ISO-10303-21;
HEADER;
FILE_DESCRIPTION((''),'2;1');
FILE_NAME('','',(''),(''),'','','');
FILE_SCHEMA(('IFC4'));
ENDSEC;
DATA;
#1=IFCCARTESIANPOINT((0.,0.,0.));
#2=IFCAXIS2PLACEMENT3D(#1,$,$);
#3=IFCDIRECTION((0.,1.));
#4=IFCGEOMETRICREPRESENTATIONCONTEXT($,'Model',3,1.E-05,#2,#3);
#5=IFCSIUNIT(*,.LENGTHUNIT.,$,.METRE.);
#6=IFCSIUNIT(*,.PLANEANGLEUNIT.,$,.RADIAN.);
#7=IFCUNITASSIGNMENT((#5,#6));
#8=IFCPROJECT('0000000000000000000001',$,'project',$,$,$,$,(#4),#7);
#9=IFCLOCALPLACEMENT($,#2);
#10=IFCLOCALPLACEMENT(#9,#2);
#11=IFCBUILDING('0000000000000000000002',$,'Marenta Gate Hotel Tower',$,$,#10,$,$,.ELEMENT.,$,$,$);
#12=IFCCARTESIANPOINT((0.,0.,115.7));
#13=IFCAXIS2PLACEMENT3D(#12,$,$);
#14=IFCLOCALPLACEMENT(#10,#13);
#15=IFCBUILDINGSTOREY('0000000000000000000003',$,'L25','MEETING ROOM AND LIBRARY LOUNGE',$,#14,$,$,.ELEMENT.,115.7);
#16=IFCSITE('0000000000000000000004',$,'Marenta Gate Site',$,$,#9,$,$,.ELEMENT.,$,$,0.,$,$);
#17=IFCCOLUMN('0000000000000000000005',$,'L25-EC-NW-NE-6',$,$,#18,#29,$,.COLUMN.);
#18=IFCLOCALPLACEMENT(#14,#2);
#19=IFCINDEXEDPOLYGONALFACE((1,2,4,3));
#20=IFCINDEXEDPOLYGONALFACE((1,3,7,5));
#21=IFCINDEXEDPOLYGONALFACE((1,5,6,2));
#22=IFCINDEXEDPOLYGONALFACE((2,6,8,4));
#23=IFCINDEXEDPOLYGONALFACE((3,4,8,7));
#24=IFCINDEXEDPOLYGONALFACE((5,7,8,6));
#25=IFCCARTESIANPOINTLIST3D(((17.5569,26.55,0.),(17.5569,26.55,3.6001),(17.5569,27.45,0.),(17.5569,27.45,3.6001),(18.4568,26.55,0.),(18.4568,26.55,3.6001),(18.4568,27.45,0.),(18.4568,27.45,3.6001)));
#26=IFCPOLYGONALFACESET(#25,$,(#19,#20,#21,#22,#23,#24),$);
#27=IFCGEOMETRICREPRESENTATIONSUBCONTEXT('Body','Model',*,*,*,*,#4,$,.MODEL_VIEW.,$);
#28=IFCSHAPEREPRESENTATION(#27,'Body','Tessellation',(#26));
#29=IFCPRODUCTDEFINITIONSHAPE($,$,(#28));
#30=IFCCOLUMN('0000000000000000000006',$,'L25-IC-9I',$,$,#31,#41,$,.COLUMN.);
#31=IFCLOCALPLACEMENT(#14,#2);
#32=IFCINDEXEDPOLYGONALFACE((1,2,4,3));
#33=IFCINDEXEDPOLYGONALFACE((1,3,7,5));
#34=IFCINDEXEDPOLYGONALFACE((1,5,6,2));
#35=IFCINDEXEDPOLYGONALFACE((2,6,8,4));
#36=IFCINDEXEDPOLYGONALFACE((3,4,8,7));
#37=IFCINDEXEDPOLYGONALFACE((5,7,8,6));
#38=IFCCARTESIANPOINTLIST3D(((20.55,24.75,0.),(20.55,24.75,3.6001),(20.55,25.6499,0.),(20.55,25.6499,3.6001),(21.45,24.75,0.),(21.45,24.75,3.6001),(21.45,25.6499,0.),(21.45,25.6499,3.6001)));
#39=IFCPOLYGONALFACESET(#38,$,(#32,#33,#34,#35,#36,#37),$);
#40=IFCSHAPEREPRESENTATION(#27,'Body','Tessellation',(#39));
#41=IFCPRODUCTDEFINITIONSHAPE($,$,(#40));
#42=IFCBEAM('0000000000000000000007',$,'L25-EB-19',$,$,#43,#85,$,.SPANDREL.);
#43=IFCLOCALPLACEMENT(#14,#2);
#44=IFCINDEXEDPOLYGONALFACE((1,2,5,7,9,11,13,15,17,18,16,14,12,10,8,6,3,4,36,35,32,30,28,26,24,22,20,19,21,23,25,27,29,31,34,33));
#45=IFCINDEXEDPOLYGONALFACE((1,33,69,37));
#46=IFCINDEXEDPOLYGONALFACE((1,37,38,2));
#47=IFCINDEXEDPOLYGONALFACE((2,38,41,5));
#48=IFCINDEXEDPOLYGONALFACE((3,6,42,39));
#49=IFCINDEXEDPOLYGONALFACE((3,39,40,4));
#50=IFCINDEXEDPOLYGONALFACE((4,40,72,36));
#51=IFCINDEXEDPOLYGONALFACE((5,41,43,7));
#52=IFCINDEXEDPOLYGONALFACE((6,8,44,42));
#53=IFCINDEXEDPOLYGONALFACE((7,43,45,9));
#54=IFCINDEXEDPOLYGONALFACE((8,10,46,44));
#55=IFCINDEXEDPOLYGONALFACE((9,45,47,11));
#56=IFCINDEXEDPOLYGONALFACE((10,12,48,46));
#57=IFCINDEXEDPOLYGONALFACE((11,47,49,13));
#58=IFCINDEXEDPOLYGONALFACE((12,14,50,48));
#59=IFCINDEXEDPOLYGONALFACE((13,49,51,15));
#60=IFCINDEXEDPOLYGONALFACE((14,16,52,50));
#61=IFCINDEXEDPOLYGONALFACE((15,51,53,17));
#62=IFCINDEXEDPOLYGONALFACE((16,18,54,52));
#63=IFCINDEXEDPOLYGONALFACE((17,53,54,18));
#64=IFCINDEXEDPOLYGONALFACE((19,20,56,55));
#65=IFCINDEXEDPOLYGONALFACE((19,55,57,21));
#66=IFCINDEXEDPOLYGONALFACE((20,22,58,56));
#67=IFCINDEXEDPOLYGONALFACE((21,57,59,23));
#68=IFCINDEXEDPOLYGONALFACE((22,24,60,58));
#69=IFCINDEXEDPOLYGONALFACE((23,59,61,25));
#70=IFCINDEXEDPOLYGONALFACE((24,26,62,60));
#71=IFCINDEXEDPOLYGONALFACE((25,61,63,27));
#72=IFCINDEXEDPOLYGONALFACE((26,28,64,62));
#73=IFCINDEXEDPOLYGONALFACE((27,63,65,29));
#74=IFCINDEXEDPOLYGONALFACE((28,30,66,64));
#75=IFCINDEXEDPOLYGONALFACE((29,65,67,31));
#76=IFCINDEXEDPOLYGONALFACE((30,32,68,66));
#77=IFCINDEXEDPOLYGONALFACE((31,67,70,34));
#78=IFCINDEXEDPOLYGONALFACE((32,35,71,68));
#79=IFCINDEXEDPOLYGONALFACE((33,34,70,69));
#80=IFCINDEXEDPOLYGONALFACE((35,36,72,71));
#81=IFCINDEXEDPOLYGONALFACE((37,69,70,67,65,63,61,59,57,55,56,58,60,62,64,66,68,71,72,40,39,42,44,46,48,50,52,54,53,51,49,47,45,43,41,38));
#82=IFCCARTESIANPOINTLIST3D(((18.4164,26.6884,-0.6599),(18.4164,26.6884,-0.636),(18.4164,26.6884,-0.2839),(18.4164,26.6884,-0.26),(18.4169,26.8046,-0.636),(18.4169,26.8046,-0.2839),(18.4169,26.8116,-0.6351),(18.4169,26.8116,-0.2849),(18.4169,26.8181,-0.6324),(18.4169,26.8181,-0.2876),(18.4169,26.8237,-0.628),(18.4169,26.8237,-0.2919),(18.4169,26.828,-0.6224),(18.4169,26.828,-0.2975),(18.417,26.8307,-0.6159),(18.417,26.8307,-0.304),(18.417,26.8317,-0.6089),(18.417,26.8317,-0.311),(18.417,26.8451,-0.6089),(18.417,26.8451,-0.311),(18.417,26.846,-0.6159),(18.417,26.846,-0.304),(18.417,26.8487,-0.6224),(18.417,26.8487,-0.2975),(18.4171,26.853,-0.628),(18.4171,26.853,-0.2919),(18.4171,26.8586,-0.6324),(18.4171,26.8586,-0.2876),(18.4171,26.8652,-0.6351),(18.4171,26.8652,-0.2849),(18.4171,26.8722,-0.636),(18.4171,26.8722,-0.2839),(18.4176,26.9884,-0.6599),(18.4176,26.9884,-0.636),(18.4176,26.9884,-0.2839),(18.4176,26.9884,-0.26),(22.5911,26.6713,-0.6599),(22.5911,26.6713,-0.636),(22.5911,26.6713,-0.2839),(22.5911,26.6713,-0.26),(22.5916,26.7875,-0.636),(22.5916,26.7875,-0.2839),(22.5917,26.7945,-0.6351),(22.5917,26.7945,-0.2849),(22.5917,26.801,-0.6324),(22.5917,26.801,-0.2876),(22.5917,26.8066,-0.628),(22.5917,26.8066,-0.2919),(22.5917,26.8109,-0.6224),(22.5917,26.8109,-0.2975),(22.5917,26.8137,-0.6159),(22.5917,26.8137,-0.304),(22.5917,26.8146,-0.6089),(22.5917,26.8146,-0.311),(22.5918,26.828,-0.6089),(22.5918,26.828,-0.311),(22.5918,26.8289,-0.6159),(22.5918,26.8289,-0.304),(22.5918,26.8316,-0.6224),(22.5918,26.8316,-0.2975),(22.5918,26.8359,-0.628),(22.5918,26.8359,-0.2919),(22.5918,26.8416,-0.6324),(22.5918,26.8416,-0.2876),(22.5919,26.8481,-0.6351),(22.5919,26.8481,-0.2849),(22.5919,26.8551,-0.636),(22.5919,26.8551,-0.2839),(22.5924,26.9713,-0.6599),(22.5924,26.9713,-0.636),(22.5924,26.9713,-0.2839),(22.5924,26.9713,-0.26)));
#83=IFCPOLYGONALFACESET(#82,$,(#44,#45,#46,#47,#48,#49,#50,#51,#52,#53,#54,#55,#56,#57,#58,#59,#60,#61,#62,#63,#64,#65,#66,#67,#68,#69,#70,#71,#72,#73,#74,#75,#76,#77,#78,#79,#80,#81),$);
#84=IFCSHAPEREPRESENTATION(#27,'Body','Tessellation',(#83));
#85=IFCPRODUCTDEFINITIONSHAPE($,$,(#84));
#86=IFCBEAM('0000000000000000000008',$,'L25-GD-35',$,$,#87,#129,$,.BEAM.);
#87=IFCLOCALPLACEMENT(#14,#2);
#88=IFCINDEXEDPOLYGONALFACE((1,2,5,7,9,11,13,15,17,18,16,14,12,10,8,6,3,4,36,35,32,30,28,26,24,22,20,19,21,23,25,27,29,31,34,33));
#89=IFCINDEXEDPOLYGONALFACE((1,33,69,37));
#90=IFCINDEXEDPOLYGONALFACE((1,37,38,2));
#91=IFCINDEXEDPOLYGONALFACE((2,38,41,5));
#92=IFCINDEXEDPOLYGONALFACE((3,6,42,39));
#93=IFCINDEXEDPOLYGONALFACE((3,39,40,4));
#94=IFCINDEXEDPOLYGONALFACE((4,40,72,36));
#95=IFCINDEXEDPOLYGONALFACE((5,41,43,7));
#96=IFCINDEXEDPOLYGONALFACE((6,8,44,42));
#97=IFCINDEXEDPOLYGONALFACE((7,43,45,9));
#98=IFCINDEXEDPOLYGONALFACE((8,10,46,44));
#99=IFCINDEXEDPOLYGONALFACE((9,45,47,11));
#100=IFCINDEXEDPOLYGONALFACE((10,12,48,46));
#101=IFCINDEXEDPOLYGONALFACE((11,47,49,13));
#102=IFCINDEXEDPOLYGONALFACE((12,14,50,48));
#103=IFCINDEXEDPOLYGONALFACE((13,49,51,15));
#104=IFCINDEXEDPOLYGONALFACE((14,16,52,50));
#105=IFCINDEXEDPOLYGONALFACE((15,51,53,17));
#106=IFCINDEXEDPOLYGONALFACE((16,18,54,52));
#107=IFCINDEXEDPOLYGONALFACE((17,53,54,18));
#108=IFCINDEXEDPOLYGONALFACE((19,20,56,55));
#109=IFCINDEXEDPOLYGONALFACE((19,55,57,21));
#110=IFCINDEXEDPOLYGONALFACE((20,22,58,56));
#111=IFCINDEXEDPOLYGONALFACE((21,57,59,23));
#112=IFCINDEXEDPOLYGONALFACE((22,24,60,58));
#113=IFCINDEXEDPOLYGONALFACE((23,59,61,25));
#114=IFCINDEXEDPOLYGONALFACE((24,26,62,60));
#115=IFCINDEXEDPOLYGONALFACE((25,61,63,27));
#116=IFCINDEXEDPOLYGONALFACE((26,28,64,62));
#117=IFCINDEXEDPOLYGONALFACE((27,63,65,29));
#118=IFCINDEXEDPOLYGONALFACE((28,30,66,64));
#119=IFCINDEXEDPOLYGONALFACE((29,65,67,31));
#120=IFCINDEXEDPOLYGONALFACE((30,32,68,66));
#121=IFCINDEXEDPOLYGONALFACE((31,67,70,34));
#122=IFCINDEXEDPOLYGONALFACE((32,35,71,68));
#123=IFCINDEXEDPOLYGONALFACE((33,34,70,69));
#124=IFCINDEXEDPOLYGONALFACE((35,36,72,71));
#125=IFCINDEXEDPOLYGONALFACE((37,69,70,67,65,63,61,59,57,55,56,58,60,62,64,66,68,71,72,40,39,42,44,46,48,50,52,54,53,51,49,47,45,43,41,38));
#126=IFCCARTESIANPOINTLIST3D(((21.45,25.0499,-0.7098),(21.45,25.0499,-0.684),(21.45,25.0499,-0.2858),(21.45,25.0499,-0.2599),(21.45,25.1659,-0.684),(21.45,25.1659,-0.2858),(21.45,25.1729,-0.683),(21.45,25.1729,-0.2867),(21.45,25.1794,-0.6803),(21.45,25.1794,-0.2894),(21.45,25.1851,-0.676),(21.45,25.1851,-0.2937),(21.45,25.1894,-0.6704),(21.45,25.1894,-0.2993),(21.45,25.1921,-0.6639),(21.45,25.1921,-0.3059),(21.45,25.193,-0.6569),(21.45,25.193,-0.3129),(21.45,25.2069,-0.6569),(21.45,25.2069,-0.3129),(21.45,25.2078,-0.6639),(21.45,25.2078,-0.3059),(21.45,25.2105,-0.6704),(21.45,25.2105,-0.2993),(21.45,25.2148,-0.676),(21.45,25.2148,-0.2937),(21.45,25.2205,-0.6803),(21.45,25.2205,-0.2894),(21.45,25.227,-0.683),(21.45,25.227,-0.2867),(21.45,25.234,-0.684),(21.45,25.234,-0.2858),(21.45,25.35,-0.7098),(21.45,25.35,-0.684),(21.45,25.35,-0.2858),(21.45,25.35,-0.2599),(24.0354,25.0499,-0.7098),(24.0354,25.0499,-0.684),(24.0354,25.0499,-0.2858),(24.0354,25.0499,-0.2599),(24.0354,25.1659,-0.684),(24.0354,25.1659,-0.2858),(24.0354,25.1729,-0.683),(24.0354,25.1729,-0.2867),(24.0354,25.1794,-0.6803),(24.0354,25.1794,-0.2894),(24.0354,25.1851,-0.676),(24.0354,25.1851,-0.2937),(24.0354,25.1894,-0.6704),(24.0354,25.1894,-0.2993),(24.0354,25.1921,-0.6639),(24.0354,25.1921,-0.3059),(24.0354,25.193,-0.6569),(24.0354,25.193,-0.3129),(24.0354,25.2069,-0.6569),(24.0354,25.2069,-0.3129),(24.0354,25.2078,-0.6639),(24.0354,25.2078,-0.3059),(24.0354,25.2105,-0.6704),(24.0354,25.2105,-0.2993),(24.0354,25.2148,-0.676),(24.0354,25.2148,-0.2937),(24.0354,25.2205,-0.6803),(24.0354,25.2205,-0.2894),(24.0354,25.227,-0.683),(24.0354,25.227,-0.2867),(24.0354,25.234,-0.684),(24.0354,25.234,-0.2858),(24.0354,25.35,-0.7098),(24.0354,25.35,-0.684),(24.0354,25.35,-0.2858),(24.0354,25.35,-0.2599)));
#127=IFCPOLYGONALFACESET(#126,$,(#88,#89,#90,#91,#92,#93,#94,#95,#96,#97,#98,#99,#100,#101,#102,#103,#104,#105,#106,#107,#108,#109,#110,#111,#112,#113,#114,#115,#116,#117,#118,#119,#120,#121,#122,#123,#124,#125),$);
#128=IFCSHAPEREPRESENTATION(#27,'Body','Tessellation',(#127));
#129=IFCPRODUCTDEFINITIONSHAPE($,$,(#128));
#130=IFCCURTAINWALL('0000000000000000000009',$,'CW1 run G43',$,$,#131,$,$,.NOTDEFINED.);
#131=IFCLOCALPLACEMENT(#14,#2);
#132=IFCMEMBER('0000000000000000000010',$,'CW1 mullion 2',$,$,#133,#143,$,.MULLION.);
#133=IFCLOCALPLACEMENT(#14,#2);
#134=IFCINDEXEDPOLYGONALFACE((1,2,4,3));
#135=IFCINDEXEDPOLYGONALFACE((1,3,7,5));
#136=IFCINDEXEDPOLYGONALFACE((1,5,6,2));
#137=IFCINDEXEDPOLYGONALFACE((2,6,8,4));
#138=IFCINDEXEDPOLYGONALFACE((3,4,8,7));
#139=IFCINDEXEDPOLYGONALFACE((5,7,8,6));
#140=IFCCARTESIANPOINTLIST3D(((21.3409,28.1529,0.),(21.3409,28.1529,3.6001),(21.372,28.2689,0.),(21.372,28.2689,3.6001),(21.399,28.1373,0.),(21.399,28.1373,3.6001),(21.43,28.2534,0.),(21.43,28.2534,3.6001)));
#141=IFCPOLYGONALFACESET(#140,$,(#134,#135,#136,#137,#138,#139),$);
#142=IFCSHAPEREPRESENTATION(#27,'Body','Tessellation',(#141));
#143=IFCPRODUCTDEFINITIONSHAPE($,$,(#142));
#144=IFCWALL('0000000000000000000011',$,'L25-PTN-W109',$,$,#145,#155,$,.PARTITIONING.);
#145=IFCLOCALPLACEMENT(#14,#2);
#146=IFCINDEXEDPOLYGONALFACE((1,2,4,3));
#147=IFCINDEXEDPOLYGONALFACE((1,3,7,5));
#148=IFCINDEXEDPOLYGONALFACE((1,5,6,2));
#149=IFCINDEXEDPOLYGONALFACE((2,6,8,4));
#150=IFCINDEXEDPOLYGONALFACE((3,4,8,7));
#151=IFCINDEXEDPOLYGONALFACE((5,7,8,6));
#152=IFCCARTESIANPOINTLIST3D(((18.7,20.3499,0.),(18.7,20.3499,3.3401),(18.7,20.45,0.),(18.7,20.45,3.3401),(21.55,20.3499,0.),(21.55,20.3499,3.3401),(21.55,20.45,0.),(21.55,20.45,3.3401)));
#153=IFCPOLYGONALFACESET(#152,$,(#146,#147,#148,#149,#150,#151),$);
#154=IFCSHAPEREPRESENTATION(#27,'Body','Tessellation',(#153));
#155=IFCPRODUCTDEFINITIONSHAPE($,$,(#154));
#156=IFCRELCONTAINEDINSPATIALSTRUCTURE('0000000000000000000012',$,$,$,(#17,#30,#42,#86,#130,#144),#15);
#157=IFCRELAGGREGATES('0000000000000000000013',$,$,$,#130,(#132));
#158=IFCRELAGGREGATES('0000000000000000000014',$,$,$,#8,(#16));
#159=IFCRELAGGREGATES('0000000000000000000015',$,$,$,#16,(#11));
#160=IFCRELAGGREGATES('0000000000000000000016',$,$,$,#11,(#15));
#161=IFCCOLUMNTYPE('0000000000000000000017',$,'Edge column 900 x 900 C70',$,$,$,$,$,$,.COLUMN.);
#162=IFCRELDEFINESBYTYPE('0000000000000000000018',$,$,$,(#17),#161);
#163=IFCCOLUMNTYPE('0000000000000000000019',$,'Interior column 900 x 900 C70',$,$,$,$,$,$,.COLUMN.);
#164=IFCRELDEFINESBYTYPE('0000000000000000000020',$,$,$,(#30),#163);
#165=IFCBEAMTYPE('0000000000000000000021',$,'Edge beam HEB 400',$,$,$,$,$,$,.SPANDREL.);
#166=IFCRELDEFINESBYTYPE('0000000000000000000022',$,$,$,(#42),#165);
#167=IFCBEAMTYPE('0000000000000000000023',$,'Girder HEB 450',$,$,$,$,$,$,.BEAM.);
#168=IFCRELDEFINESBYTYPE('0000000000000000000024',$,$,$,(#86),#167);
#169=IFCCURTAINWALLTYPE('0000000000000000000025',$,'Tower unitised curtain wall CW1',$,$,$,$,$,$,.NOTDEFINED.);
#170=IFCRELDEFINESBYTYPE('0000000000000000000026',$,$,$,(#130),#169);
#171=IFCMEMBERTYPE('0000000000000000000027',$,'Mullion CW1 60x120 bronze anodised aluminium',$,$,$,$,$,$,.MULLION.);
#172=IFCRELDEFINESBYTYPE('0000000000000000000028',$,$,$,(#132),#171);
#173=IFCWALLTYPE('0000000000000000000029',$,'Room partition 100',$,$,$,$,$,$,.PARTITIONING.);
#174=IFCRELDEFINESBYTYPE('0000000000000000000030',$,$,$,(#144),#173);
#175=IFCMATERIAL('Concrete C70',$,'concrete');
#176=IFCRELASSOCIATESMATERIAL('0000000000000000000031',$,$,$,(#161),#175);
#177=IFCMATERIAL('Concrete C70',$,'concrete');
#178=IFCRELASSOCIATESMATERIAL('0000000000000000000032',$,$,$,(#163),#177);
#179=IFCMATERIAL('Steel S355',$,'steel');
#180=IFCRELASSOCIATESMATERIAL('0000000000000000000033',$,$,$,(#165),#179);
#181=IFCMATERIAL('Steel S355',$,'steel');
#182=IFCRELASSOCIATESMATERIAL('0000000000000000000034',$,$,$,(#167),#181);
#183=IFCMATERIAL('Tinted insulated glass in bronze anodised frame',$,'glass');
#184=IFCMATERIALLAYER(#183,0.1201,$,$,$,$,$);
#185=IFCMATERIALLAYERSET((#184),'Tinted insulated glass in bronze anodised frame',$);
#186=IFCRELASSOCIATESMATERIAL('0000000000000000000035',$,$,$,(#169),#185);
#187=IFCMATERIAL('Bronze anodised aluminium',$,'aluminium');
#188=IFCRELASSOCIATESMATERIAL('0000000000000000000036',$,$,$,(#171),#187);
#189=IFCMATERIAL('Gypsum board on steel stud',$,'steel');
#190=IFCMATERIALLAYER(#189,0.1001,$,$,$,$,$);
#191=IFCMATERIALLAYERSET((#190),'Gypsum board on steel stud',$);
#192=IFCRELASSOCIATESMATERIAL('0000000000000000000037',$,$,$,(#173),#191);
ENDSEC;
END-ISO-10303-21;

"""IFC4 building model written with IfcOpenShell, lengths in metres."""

from ifc_helpers import new_model, si_unit, direction, frame, frame_2d, origin, origin_2d, place, context, subcontext, project, spatial, rectangle, i_section, extrude, material, layer, layer_set, material_profile, profile_set, type_object, element, aggregate, save


model = new_model("IFC4")

# Units and contexts
model_context = context("Model", 3, precision=1e-05, world=origin(), true_north=direction((0.0, 1.0)))
body_context = subcontext(model_context, "Body", "Model", "MODEL_VIEW")
ifc_project = project(units=[si_unit("LENGTHUNIT", "METRE"), si_unit("PLANEANGLEUNIT", "RADIAN")], contexts=[model_context])

# Site, building, storey
site_placement = place(None, origin())
site = spatial("IfcSite", under=ifc_project, at=site_placement, Name="Marenta Gate Site", CompositionType="ELEMENT", RefElevation=0.0)
building_placement = place(site_placement, origin())
building = spatial("IfcBuilding", under=site, at=building_placement, Name="Marenta Gate Hotel Tower", CompositionType="ELEMENT")
storey_placement = place(building_placement, frame((0.0, 0.0, 115.7)))
storey = spatial("IfcBuildingStorey", under=building, at=storey_placement, Name="L25", Description="MEETING ROOM AND LIBRARY LOUNGE", CompositionType="ELEMENT", Elevation=115.7)

# Columns
ifc_material_1 = material(Name="Concrete C70", Category="concrete")
ifc_material_profile_1 = material_profile(ifc_material_1, rectangle(XDim=0.8999, YDim=0.8999, at=origin_2d()), Name="900 x 900")
ifc_profile_set_1 = profile_set([ifc_material_profile_1], Name="Concrete C70")
column_type_1 = type_object("IfcColumnType", Name="Edge column 900 x 900 C70", PredefinedType="COLUMN", material=ifc_profile_set_1)
column_1_placement = place(storey_placement, frame((18.0068, 27.0, 0.0), z_axis=(0.0, 0.0, 1.0), x_axis=(1.0, 0.0, 0.0)))
element("IfcColumn", 1, at=column_1_placement, inside=storey, type_object=column_type_1, Name="L25-EC-NW-NE-6", PredefinedType="COLUMN", context=body_context, shape_type="SweptSolid", body=[
    extrude(rectangle(XDim=0.8999, YDim=0.8999, at=origin_2d()), origin(), (0.0, 0.0, 1.0), 3.6001),
])
ifc_material_2 = material(Name="Concrete C70", Category="concrete")
ifc_material_profile_2 = material_profile(ifc_material_2, rectangle(XDim=0.8999, YDim=0.8999, at=origin_2d()), Name="900 x 900")
ifc_profile_set_2 = profile_set([ifc_material_profile_2], Name="Concrete C70")
column_type_2 = type_object("IfcColumnType", Name="Interior column 900 x 900 C70", PredefinedType="COLUMN", material=ifc_profile_set_2)
column_2_placement = place(storey_placement, frame((21.0, 25.2, 0.0), z_axis=(0.0, 0.0, 1.0), x_axis=(1.0, 0.0, 0.0)))
element("IfcColumn", 2, at=column_2_placement, inside=storey, type_object=column_type_2, Name="L25-IC-9I", PredefinedType="COLUMN", context=body_context, shape_type="SweptSolid", body=[
    extrude(rectangle(XDim=0.8999, YDim=0.8999, at=origin_2d()), origin(), (0.0, 0.0, 1.0), 3.6001),
])

# Beams
ifc_material_3 = material(Name="Steel S355", Category="steel")
ifc_material_profile_3 = material_profile(ifc_material_3, i_section(OverallWidth=0.3, OverallDepth=0.3999, WebThickness=0.0134, FlangeThickness=0.0239, FilletRadius=0.0271, at=origin_2d()), Name="HEB 400")
ifc_profile_set_3 = profile_set([ifc_material_profile_3], Name="Steel S355")
beam_type_1 = type_object("IfcBeamType", Name="Edge beam HEB 400", PredefinedType="SPANDREL", material=ifc_profile_set_3)
beam_1_placement = place(storey_placement, frame((18.417, 26.8384, -0.46), z_axis=(0.999992, -0.004094, 0.0), x_axis=(0.004094, 0.999992, 0.0)))
element("IfcBeam", 3, at=beam_1_placement, inside=storey, type_object=beam_type_1, Name="L25-EB-19", PredefinedType="SPANDREL", context=body_context, shape_type="SweptSolid", body=[
    extrude(i_section(OverallWidth=0.3, OverallDepth=0.3999, WebThickness=0.0134, FlangeThickness=0.0239, FilletRadius=0.0271, at=origin_2d()), origin(), (0.0, 0.0, 1.0), 4.1748),
])
ifc_material_4 = material(Name="Steel S355", Category="steel")
ifc_material_profile_4 = material_profile(ifc_material_4, i_section(OverallWidth=0.3, OverallDepth=0.45, WebThickness=0.0139, FlangeThickness=0.0259, FilletRadius=0.0271, at=origin_2d()), Name="HEB 450")
ifc_profile_set_4 = profile_set([ifc_material_profile_4], Name="Steel S355")
beam_type_2 = type_object("IfcBeamType", Name="Girder HEB 450", PredefinedType="BEAM", material=ifc_profile_set_4)
beam_2_placement = place(storey_placement, frame((21.45, 25.2, -0.4849), z_axis=(1.0, 0.0, 0.0), x_axis=(0.0, 1.0, 0.0)))
element("IfcBeam", 4, at=beam_2_placement, inside=storey, type_object=beam_type_2, Name="L25-GD-35", PredefinedType="BEAM", context=body_context, shape_type="SweptSolid", body=[
    extrude(i_section(OverallWidth=0.3, OverallDepth=0.45, WebThickness=0.0139, FlangeThickness=0.0259, FilletRadius=0.0271, at=origin_2d()), origin(), (0.0, 0.0, 1.0), 2.5854),
])

# Curtain wall, member
ifc_material_5 = material(Name="Tinted insulated glass in bronze anodised frame", Category="glass")
ifc_layer_1 = layer(ifc_material_5, 0.1201)
ifc_layer_set_1 = layer_set([ifc_layer_1], Name="Tinted insulated glass in bronze anodised frame")
curtain_wall_type = type_object("IfcCurtainWallType", Name="Tower unitised curtain wall CW1", PredefinedType="NOTDEFINED", material=ifc_layer_set_1)
curtain_wall_placement = place(storey_placement, origin())
curtain_wall = element("IfcCurtainWall", 5, at=curtain_wall_placement, inside=storey, type_object=curtain_wall_type, Name="CW1 run G43", PredefinedType="NOTDEFINED")
ifc_material_6 = material(Name="Bronze anodised aluminium", Category="aluminium")
ifc_material_profile_5 = material_profile(ifc_material_6, rectangle(XDim=0.1201, YDim=0.0601, at=origin_2d()), Name="Mullion CW1 60x120 bronze anodised aluminium")
ifc_profile_set_5 = profile_set([ifc_material_profile_5], Name="Bronze anodised aluminium")
member_type = type_object("IfcMemberType", Name="Mullion CW1 60x120 bronze anodised aluminium", PredefinedType="MULLION", material=ifc_profile_set_5)
member_placement = place(storey_placement, frame((21.3855, 28.2031, 0.0), z_axis=(0.0, 0.0, 1.0), x_axis=(-0.258806, -0.965929, 0.0)))
member = element("IfcMember", 6, at=member_placement, type_object=member_type, Name="CW1 mullion 2", PredefinedType="MULLION", context=body_context, shape_type="SweptSolid", body=[
    extrude(rectangle(XDim=0.1201, YDim=0.0601, at=origin_2d()), origin(), (0.0, 0.0, 1.0), 3.6001),
])
aggregate(curtain_wall, [member])

# Wall
ifc_material_7 = material(Name="Gypsum board on steel stud", Category="steel")
ifc_layer_2 = layer(ifc_material_7, 0.1001)
ifc_layer_set_2 = layer_set([ifc_layer_2], Name="Gypsum board on steel stud")
wall_type_1 = type_object("IfcWallType", Name="Room partition 100", PredefinedType="PARTITIONING", material=ifc_layer_set_2)
wall_1_placement = place(storey_placement, frame((18.7, 20.3999, 0.0), z_axis=(0.0, 0.0, 1.0), x_axis=(1.0, 0.0, 0.0)))
element("IfcWall", 7, at=wall_1_placement, inside=storey, type_object=wall_type_1, Name="L25-PTN-W109", PredefinedType="PARTITIONING", context=body_context, shape_type="SweptSolid", body=[
    extrude(rectangle(XDim=2.8501, YDim=0.1001, at=frame_2d((1.425, 0.0))), origin(), (0.0, 0.0, 1.0), 3.3401),
])

save(model, "model.ifc")
